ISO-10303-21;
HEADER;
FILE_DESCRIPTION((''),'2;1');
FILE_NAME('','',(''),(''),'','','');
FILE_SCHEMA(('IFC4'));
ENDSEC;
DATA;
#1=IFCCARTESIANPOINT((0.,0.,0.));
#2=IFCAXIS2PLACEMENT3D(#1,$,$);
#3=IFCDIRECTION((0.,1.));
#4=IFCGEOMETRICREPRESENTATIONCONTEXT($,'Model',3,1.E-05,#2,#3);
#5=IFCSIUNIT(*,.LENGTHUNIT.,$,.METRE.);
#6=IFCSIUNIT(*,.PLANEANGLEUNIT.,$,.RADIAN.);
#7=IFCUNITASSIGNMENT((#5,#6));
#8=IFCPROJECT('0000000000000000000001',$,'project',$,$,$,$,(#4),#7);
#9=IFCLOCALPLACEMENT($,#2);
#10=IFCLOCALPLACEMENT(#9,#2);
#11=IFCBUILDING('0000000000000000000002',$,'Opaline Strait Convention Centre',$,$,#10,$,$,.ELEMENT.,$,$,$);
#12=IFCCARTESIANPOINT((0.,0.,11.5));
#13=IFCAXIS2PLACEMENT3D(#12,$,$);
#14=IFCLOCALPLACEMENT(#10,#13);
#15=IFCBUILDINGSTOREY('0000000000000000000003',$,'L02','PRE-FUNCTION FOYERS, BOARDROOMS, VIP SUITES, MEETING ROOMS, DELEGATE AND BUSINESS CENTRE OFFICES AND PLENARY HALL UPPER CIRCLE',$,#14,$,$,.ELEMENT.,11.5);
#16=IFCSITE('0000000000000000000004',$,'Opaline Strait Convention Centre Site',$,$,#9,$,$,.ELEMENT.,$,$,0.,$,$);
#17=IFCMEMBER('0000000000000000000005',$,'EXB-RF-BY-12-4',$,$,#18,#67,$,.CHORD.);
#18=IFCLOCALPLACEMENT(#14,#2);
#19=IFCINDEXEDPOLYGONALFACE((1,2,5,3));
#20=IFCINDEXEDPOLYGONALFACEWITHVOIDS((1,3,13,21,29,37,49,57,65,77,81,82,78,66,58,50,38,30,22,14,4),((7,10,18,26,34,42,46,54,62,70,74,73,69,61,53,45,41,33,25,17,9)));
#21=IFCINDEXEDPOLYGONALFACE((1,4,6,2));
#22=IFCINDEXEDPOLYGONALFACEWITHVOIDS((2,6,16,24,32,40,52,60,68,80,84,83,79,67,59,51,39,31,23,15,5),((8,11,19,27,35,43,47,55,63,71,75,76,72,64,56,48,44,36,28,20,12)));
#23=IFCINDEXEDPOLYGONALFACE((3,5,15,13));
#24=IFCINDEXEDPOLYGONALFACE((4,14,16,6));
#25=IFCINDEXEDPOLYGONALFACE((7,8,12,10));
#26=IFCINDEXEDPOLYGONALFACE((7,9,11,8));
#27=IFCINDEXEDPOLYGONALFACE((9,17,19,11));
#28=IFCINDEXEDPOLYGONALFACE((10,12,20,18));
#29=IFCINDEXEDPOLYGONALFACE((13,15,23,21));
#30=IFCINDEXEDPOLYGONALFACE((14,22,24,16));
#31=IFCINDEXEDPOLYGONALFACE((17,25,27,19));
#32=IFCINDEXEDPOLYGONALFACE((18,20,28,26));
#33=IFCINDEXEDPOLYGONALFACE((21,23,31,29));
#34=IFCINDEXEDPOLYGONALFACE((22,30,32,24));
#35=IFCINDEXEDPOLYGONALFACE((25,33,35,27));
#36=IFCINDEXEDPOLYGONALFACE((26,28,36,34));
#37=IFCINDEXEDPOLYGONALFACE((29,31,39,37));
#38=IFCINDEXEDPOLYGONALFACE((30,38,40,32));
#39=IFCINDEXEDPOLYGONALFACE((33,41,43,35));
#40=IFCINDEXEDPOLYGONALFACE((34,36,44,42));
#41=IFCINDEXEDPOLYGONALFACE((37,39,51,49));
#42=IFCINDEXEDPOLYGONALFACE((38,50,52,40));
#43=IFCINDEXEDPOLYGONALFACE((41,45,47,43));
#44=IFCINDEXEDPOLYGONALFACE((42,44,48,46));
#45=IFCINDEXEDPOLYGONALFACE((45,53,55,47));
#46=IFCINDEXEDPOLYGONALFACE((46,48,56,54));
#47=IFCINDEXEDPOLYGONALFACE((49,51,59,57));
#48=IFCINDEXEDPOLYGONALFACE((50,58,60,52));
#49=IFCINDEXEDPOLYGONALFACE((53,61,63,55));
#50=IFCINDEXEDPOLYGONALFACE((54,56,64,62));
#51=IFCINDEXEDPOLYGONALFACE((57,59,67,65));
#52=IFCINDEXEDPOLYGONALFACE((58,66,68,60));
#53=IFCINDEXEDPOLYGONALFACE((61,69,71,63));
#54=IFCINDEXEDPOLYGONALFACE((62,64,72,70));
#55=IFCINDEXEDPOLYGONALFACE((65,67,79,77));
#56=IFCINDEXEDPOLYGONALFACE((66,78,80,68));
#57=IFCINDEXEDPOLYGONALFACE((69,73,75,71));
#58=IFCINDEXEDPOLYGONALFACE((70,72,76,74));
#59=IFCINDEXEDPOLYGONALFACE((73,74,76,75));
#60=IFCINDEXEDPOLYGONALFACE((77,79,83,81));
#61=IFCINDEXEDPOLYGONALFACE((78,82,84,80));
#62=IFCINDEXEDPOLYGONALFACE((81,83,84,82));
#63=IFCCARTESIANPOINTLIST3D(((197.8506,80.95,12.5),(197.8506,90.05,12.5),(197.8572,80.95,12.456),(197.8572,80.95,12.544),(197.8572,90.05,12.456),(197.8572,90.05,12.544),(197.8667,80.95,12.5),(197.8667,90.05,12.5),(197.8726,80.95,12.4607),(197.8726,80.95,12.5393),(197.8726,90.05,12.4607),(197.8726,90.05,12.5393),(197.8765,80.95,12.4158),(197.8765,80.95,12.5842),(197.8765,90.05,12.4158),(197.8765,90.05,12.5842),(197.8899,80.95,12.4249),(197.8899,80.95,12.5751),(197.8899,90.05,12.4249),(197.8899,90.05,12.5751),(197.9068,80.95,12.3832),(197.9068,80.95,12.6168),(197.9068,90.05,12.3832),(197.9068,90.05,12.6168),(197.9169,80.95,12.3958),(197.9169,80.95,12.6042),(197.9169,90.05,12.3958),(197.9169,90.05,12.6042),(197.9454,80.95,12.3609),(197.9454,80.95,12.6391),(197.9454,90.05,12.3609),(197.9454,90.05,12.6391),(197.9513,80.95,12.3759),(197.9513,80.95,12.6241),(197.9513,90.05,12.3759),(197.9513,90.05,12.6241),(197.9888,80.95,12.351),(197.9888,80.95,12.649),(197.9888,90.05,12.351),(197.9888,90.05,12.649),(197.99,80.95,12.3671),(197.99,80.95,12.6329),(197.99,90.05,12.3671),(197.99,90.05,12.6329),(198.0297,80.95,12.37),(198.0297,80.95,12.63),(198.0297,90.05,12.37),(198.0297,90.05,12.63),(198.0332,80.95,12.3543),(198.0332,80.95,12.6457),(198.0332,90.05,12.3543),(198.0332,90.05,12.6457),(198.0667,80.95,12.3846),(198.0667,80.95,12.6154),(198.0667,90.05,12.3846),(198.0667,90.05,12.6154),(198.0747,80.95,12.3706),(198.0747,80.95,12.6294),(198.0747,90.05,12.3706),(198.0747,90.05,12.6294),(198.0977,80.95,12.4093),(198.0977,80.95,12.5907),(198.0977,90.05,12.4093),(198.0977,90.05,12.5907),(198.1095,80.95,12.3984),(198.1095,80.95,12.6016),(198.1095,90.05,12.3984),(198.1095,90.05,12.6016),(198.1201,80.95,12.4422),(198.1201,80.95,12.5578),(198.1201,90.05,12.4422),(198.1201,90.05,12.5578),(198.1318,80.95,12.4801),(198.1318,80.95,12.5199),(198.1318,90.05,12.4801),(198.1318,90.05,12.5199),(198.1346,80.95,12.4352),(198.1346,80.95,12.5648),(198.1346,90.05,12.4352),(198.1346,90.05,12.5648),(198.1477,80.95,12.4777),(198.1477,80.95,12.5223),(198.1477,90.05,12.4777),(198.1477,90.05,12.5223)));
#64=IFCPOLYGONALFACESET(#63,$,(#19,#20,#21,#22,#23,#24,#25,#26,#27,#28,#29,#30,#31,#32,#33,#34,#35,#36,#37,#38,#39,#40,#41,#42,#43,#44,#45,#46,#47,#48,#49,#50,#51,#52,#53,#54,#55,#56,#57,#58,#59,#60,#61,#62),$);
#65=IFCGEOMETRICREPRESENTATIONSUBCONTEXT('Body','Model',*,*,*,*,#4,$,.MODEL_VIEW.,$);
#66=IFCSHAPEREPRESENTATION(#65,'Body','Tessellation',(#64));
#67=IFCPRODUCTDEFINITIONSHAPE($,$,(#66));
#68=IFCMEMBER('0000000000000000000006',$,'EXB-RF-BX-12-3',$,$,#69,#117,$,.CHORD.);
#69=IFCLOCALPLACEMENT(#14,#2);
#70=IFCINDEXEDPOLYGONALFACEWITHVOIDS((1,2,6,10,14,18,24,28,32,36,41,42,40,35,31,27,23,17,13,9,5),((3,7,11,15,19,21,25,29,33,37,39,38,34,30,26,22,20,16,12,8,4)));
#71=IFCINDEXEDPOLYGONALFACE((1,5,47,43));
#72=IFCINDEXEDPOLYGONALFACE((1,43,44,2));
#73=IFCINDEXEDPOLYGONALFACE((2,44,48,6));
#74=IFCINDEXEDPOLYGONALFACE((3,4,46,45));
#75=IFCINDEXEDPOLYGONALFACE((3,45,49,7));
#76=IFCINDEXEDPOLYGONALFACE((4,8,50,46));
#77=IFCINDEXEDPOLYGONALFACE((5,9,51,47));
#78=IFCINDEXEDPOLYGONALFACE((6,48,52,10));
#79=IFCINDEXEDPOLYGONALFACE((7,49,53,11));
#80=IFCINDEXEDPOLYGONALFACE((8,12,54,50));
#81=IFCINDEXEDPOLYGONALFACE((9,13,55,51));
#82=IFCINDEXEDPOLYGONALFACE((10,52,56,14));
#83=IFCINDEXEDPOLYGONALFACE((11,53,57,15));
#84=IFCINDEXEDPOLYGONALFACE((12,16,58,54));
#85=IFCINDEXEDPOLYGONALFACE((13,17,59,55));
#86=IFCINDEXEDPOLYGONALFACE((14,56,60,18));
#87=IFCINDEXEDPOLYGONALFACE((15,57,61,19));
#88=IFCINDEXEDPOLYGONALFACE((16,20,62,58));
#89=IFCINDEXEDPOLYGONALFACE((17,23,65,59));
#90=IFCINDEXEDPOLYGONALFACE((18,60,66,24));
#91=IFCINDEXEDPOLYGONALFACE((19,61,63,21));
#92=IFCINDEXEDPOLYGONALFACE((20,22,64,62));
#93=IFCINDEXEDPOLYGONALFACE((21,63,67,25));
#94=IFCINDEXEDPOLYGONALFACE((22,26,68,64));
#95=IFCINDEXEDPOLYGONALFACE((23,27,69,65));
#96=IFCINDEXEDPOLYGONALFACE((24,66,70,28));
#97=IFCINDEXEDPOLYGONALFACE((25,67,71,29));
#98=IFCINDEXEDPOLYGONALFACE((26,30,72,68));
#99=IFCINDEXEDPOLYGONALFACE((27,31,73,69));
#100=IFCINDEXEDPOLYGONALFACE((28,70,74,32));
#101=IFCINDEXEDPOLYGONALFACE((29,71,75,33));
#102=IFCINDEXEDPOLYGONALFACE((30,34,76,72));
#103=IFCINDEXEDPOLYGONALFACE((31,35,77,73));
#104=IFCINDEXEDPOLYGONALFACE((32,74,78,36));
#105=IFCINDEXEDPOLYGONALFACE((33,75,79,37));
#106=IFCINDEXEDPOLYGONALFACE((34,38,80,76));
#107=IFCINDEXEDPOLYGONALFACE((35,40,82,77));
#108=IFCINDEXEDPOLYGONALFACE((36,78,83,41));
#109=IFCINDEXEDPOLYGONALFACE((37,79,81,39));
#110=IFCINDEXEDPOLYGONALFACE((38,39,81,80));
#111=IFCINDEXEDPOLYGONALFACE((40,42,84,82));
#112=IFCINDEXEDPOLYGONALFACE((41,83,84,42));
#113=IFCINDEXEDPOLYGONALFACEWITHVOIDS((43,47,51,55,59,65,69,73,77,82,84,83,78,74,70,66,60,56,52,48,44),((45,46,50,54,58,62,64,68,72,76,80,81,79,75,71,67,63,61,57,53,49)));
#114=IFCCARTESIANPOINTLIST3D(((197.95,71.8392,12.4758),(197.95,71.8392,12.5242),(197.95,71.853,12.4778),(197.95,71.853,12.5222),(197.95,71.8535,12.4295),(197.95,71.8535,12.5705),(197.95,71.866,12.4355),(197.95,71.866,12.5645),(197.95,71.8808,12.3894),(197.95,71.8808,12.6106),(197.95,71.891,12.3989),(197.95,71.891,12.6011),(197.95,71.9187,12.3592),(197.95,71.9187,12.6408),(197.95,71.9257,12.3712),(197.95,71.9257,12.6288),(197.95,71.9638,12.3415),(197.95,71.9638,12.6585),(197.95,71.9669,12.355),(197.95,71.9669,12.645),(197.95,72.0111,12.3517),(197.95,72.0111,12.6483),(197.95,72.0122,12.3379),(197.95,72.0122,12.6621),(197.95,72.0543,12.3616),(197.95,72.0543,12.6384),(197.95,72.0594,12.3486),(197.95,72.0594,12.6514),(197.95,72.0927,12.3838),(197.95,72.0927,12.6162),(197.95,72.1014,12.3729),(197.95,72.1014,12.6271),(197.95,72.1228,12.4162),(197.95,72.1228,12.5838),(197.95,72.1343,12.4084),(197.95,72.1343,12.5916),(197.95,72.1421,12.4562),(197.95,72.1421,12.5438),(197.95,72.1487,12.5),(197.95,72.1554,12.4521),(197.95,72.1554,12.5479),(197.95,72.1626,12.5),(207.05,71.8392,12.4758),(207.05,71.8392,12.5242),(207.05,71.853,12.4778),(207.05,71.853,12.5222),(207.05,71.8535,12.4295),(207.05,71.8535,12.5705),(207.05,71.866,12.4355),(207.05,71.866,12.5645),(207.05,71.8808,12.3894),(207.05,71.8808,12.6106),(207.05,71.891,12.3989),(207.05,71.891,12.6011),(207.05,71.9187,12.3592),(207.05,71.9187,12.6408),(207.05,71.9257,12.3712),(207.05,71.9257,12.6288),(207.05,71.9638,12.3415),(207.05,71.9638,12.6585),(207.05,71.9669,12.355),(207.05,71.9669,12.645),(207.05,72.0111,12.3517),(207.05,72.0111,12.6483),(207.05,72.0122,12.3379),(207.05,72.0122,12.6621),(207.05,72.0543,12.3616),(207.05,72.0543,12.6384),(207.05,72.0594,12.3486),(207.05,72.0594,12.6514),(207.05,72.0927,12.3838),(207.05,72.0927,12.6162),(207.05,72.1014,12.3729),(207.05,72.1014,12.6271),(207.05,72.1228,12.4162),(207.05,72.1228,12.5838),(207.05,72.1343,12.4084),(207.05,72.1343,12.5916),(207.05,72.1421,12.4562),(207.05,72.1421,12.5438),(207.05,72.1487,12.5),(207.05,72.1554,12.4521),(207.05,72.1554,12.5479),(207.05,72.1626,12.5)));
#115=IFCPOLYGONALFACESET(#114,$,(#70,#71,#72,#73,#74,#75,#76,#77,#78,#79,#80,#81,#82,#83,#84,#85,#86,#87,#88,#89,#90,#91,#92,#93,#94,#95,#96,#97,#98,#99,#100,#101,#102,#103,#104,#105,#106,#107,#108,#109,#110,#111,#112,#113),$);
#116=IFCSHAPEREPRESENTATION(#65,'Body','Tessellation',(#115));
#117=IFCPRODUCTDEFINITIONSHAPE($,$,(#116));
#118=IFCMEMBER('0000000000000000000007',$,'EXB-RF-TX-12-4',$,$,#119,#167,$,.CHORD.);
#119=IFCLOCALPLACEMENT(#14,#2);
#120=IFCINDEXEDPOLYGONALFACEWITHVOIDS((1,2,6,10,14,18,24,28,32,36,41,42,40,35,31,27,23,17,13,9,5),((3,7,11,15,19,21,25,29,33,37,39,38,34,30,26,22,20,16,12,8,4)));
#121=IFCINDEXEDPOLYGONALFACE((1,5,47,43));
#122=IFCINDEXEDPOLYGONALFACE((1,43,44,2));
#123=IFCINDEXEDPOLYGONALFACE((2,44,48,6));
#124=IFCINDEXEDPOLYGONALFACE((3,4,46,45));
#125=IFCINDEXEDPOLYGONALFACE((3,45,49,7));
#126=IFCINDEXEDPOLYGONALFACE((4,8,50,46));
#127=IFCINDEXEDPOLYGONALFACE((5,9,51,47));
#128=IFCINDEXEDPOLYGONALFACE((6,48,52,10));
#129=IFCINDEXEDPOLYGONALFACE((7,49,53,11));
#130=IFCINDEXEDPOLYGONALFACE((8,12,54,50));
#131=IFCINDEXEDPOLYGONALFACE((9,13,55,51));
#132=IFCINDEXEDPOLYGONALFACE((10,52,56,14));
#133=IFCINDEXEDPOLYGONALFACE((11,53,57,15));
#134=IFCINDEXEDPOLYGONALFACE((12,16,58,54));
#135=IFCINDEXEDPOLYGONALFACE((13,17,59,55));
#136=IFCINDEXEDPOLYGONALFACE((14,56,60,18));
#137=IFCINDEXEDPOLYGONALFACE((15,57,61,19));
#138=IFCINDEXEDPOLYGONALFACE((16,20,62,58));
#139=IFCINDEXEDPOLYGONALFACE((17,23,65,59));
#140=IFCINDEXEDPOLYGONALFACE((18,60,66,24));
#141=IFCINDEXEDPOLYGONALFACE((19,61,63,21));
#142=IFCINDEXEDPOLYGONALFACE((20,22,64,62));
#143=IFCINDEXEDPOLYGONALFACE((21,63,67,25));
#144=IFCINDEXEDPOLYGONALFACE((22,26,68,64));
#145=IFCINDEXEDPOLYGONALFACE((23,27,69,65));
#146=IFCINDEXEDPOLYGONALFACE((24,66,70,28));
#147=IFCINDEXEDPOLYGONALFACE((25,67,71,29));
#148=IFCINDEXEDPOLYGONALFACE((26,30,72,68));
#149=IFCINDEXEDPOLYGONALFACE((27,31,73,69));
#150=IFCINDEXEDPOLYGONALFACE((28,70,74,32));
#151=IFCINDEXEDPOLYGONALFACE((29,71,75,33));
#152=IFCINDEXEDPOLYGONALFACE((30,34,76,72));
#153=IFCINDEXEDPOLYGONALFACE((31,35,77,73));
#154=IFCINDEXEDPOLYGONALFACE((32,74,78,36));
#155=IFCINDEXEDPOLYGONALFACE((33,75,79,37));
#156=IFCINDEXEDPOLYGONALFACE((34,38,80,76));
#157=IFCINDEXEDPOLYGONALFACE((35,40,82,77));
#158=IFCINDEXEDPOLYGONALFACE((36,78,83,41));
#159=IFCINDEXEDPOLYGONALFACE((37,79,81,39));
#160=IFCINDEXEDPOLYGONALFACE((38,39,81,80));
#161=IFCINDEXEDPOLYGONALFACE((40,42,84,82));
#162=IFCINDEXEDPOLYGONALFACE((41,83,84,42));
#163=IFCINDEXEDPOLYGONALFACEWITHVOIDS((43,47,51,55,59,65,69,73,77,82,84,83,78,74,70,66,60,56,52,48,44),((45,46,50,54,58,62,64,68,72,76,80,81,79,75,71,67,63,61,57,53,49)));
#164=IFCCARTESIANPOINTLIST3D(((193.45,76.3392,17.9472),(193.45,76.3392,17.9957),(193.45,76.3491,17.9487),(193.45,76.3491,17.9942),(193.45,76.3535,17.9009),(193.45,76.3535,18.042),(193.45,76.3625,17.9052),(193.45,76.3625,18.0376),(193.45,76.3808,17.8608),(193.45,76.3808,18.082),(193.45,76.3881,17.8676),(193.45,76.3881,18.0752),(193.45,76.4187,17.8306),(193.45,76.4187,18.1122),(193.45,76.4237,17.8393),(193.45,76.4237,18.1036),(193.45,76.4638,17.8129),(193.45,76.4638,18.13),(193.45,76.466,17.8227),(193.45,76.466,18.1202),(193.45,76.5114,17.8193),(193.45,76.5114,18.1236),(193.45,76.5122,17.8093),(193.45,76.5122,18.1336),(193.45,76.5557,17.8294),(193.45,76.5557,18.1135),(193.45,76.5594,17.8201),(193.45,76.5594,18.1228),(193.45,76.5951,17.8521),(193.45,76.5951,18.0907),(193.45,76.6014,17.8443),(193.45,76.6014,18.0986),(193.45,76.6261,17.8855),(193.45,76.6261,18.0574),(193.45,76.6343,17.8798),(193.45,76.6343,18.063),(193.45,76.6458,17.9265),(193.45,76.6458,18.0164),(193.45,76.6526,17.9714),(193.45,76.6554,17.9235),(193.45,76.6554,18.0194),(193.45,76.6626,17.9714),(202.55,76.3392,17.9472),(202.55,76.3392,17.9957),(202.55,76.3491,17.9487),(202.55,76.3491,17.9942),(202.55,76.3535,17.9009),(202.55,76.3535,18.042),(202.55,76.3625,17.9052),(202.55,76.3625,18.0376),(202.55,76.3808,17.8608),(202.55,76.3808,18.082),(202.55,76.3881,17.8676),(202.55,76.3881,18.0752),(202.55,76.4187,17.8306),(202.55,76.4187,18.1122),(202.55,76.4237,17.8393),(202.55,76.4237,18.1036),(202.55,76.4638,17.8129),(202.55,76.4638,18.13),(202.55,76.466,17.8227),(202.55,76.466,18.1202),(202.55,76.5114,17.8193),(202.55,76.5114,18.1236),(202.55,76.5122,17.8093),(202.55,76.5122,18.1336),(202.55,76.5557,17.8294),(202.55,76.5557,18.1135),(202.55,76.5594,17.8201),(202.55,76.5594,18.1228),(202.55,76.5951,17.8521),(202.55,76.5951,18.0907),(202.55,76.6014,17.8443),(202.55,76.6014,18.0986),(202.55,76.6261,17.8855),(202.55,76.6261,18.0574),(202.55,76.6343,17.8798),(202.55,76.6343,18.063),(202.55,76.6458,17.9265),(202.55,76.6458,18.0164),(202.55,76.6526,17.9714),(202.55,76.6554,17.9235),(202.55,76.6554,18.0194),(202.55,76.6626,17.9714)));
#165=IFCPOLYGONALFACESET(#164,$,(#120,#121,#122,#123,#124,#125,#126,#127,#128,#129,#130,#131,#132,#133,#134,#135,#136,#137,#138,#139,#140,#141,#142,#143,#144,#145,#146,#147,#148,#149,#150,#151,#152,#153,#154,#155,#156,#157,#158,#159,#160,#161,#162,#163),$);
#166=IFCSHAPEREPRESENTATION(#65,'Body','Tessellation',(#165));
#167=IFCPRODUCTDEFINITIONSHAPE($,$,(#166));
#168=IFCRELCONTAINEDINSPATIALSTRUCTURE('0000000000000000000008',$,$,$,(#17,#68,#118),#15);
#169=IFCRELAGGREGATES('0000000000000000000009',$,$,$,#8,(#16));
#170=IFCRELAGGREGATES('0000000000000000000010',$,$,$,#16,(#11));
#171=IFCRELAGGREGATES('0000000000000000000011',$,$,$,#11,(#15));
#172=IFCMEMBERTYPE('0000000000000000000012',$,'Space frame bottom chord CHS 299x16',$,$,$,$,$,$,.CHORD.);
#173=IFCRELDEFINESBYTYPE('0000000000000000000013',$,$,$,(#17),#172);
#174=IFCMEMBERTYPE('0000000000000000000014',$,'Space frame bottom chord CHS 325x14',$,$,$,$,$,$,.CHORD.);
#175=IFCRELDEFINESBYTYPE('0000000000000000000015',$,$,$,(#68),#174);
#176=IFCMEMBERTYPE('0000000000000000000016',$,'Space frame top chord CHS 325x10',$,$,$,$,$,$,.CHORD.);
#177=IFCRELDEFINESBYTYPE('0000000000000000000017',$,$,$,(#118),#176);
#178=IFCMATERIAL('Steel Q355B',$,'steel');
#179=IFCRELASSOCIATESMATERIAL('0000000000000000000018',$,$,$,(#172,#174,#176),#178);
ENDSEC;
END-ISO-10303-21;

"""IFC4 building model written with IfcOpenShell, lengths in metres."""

from ifc_helpers import new_model, si_unit, direction, frame, origin, origin_2d, place, context, subcontext, project, spatial, hollow_circle, extrude, material, material_profile, profile_set, type_object, element, save


model = new_model("IFC4")

# Units and contexts
model_context = context("Model", 3, precision=1e-05, world=origin(), true_north=direction((0.0, 1.0)))
body_context = subcontext(model_context, "Body", "Model", "MODEL_VIEW")
ifc_project = project(units=[si_unit("LENGTHUNIT", "METRE"), si_unit("PLANEANGLEUNIT", "RADIAN")], contexts=[model_context])

# Site, building, storey
site_placement = place(None, origin())
site = spatial("IfcSite", under=ifc_project, at=site_placement, Name="Opaline Strait Convention Centre Site", CompositionType="ELEMENT", RefElevation=0.0)
building_placement = place(site_placement, origin())
building = spatial("IfcBuilding", under=site, at=building_placement, Name="Opaline Strait Convention Centre", CompositionType="ELEMENT")
storey_placement = place(building_placement, frame((0.0, 0.0, 11.5)))
storey = spatial("IfcBuildingStorey", under=building, at=storey_placement, Name="L02", Description="PRE-FUNCTION FOYERS, BOARDROOMS, VIP SUITES, MEETING ROOMS, DELEGATE AND BUSINESS CENTRE OFFICES AND PLENARY HALL UPPER CIRCLE", CompositionType="ELEMENT", Elevation=11.5)

# Members
ifc_material_1 = material(Name="Steel Q355B", Category="steel")
ifc_material_profile_1 = material_profile(ifc_material_1, hollow_circle(Radius=0.1494, WallThickness=0.0161, at=origin_2d()), Name="CHS 299x16")
ifc_profile_set_1 = profile_set([ifc_material_profile_1], Name="Steel Q355B")
member_type_1 = type_object("IfcMemberType", Name="Space frame bottom chord CHS 299x16", PredefinedType="CHORD", material=ifc_profile_set_1)
for number, where, z_axis, x_axis, name in (
    (1, (198.0, 80.95, 12.5), (0.0, 1.0, 0.0), (-1.0, 0.0, 0.0), "EXB-RF-BY-12-4"),
):
    element("IfcMember", number, at=place(storey_placement, frame(where, z_axis=z_axis, x_axis=x_axis)), inside=storey, type_object=member_type_1, Name=name, PredefinedType="CHORD", context=body_context, shape_type="SweptSolid", body=[
        extrude(hollow_circle(Radius=0.1494, WallThickness=0.0161, at=origin_2d()), origin(), (0.0, 0.0, 1.0), 9.1001),
    ])
ifc_material_profile_2 = material_profile(ifc_material_1, hollow_circle(Radius=0.1626, WallThickness=0.0139, at=origin_2d()), Name="CHS 325x14")
ifc_profile_set_2 = profile_set([ifc_material_profile_2], Name="Steel Q355B")
member_type_2 = type_object("IfcMemberType", Name="Space frame bottom chord CHS 325x14", PredefinedType="CHORD", material=ifc_profile_set_2)
member_placement = place(storey_placement, frame((197.95, 72.0, 12.5), z_axis=(1.0, 0.0, 0.0), x_axis=(0.0, 1.0, 0.0)))
element("IfcMember", 2, at=member_placement, inside=storey, type_object=member_type_2, Name="EXB-RF-BX-12-3", PredefinedType="CHORD", context=body_context, shape_type="SweptSolid", body=[
    extrude(hollow_circle(Radius=0.1626, WallThickness=0.0139, at=origin_2d()), origin(), (0.0, 0.0, 1.0), 9.1001),
])
ifc_material_profile_3 = material_profile(ifc_material_1, hollow_circle(Radius=0.1626, WallThickness=0.01, at=origin_2d()), Name="CHS 325x10")
ifc_profile_set_3 = profile_set([ifc_material_profile_3], Name="Steel Q355B")
member_type_3 = type_object("IfcMemberType", Name="Space frame top chord CHS 325x10", PredefinedType="CHORD", material=ifc_profile_set_3)
for number, where, z_axis, x_axis, name in (
    (3, (193.45, 76.5, 17.9714), (1.0, 0.0, 0.0), (0.0, 1.0, 0.0), "EXB-RF-TX-12-4"),
):
    element("IfcMember", number, at=place(storey_placement, frame(where, z_axis=z_axis, x_axis=x_axis)), inside=storey, type_object=member_type_3, Name=name, PredefinedType="CHORD", context=body_context, shape_type="SweptSolid", body=[
        extrude(hollow_circle(Radius=0.1626, WallThickness=0.01, at=origin_2d()), origin(), (0.0, 0.0, 1.0), 9.1001),
    ])

save(model, "model.ifc")
